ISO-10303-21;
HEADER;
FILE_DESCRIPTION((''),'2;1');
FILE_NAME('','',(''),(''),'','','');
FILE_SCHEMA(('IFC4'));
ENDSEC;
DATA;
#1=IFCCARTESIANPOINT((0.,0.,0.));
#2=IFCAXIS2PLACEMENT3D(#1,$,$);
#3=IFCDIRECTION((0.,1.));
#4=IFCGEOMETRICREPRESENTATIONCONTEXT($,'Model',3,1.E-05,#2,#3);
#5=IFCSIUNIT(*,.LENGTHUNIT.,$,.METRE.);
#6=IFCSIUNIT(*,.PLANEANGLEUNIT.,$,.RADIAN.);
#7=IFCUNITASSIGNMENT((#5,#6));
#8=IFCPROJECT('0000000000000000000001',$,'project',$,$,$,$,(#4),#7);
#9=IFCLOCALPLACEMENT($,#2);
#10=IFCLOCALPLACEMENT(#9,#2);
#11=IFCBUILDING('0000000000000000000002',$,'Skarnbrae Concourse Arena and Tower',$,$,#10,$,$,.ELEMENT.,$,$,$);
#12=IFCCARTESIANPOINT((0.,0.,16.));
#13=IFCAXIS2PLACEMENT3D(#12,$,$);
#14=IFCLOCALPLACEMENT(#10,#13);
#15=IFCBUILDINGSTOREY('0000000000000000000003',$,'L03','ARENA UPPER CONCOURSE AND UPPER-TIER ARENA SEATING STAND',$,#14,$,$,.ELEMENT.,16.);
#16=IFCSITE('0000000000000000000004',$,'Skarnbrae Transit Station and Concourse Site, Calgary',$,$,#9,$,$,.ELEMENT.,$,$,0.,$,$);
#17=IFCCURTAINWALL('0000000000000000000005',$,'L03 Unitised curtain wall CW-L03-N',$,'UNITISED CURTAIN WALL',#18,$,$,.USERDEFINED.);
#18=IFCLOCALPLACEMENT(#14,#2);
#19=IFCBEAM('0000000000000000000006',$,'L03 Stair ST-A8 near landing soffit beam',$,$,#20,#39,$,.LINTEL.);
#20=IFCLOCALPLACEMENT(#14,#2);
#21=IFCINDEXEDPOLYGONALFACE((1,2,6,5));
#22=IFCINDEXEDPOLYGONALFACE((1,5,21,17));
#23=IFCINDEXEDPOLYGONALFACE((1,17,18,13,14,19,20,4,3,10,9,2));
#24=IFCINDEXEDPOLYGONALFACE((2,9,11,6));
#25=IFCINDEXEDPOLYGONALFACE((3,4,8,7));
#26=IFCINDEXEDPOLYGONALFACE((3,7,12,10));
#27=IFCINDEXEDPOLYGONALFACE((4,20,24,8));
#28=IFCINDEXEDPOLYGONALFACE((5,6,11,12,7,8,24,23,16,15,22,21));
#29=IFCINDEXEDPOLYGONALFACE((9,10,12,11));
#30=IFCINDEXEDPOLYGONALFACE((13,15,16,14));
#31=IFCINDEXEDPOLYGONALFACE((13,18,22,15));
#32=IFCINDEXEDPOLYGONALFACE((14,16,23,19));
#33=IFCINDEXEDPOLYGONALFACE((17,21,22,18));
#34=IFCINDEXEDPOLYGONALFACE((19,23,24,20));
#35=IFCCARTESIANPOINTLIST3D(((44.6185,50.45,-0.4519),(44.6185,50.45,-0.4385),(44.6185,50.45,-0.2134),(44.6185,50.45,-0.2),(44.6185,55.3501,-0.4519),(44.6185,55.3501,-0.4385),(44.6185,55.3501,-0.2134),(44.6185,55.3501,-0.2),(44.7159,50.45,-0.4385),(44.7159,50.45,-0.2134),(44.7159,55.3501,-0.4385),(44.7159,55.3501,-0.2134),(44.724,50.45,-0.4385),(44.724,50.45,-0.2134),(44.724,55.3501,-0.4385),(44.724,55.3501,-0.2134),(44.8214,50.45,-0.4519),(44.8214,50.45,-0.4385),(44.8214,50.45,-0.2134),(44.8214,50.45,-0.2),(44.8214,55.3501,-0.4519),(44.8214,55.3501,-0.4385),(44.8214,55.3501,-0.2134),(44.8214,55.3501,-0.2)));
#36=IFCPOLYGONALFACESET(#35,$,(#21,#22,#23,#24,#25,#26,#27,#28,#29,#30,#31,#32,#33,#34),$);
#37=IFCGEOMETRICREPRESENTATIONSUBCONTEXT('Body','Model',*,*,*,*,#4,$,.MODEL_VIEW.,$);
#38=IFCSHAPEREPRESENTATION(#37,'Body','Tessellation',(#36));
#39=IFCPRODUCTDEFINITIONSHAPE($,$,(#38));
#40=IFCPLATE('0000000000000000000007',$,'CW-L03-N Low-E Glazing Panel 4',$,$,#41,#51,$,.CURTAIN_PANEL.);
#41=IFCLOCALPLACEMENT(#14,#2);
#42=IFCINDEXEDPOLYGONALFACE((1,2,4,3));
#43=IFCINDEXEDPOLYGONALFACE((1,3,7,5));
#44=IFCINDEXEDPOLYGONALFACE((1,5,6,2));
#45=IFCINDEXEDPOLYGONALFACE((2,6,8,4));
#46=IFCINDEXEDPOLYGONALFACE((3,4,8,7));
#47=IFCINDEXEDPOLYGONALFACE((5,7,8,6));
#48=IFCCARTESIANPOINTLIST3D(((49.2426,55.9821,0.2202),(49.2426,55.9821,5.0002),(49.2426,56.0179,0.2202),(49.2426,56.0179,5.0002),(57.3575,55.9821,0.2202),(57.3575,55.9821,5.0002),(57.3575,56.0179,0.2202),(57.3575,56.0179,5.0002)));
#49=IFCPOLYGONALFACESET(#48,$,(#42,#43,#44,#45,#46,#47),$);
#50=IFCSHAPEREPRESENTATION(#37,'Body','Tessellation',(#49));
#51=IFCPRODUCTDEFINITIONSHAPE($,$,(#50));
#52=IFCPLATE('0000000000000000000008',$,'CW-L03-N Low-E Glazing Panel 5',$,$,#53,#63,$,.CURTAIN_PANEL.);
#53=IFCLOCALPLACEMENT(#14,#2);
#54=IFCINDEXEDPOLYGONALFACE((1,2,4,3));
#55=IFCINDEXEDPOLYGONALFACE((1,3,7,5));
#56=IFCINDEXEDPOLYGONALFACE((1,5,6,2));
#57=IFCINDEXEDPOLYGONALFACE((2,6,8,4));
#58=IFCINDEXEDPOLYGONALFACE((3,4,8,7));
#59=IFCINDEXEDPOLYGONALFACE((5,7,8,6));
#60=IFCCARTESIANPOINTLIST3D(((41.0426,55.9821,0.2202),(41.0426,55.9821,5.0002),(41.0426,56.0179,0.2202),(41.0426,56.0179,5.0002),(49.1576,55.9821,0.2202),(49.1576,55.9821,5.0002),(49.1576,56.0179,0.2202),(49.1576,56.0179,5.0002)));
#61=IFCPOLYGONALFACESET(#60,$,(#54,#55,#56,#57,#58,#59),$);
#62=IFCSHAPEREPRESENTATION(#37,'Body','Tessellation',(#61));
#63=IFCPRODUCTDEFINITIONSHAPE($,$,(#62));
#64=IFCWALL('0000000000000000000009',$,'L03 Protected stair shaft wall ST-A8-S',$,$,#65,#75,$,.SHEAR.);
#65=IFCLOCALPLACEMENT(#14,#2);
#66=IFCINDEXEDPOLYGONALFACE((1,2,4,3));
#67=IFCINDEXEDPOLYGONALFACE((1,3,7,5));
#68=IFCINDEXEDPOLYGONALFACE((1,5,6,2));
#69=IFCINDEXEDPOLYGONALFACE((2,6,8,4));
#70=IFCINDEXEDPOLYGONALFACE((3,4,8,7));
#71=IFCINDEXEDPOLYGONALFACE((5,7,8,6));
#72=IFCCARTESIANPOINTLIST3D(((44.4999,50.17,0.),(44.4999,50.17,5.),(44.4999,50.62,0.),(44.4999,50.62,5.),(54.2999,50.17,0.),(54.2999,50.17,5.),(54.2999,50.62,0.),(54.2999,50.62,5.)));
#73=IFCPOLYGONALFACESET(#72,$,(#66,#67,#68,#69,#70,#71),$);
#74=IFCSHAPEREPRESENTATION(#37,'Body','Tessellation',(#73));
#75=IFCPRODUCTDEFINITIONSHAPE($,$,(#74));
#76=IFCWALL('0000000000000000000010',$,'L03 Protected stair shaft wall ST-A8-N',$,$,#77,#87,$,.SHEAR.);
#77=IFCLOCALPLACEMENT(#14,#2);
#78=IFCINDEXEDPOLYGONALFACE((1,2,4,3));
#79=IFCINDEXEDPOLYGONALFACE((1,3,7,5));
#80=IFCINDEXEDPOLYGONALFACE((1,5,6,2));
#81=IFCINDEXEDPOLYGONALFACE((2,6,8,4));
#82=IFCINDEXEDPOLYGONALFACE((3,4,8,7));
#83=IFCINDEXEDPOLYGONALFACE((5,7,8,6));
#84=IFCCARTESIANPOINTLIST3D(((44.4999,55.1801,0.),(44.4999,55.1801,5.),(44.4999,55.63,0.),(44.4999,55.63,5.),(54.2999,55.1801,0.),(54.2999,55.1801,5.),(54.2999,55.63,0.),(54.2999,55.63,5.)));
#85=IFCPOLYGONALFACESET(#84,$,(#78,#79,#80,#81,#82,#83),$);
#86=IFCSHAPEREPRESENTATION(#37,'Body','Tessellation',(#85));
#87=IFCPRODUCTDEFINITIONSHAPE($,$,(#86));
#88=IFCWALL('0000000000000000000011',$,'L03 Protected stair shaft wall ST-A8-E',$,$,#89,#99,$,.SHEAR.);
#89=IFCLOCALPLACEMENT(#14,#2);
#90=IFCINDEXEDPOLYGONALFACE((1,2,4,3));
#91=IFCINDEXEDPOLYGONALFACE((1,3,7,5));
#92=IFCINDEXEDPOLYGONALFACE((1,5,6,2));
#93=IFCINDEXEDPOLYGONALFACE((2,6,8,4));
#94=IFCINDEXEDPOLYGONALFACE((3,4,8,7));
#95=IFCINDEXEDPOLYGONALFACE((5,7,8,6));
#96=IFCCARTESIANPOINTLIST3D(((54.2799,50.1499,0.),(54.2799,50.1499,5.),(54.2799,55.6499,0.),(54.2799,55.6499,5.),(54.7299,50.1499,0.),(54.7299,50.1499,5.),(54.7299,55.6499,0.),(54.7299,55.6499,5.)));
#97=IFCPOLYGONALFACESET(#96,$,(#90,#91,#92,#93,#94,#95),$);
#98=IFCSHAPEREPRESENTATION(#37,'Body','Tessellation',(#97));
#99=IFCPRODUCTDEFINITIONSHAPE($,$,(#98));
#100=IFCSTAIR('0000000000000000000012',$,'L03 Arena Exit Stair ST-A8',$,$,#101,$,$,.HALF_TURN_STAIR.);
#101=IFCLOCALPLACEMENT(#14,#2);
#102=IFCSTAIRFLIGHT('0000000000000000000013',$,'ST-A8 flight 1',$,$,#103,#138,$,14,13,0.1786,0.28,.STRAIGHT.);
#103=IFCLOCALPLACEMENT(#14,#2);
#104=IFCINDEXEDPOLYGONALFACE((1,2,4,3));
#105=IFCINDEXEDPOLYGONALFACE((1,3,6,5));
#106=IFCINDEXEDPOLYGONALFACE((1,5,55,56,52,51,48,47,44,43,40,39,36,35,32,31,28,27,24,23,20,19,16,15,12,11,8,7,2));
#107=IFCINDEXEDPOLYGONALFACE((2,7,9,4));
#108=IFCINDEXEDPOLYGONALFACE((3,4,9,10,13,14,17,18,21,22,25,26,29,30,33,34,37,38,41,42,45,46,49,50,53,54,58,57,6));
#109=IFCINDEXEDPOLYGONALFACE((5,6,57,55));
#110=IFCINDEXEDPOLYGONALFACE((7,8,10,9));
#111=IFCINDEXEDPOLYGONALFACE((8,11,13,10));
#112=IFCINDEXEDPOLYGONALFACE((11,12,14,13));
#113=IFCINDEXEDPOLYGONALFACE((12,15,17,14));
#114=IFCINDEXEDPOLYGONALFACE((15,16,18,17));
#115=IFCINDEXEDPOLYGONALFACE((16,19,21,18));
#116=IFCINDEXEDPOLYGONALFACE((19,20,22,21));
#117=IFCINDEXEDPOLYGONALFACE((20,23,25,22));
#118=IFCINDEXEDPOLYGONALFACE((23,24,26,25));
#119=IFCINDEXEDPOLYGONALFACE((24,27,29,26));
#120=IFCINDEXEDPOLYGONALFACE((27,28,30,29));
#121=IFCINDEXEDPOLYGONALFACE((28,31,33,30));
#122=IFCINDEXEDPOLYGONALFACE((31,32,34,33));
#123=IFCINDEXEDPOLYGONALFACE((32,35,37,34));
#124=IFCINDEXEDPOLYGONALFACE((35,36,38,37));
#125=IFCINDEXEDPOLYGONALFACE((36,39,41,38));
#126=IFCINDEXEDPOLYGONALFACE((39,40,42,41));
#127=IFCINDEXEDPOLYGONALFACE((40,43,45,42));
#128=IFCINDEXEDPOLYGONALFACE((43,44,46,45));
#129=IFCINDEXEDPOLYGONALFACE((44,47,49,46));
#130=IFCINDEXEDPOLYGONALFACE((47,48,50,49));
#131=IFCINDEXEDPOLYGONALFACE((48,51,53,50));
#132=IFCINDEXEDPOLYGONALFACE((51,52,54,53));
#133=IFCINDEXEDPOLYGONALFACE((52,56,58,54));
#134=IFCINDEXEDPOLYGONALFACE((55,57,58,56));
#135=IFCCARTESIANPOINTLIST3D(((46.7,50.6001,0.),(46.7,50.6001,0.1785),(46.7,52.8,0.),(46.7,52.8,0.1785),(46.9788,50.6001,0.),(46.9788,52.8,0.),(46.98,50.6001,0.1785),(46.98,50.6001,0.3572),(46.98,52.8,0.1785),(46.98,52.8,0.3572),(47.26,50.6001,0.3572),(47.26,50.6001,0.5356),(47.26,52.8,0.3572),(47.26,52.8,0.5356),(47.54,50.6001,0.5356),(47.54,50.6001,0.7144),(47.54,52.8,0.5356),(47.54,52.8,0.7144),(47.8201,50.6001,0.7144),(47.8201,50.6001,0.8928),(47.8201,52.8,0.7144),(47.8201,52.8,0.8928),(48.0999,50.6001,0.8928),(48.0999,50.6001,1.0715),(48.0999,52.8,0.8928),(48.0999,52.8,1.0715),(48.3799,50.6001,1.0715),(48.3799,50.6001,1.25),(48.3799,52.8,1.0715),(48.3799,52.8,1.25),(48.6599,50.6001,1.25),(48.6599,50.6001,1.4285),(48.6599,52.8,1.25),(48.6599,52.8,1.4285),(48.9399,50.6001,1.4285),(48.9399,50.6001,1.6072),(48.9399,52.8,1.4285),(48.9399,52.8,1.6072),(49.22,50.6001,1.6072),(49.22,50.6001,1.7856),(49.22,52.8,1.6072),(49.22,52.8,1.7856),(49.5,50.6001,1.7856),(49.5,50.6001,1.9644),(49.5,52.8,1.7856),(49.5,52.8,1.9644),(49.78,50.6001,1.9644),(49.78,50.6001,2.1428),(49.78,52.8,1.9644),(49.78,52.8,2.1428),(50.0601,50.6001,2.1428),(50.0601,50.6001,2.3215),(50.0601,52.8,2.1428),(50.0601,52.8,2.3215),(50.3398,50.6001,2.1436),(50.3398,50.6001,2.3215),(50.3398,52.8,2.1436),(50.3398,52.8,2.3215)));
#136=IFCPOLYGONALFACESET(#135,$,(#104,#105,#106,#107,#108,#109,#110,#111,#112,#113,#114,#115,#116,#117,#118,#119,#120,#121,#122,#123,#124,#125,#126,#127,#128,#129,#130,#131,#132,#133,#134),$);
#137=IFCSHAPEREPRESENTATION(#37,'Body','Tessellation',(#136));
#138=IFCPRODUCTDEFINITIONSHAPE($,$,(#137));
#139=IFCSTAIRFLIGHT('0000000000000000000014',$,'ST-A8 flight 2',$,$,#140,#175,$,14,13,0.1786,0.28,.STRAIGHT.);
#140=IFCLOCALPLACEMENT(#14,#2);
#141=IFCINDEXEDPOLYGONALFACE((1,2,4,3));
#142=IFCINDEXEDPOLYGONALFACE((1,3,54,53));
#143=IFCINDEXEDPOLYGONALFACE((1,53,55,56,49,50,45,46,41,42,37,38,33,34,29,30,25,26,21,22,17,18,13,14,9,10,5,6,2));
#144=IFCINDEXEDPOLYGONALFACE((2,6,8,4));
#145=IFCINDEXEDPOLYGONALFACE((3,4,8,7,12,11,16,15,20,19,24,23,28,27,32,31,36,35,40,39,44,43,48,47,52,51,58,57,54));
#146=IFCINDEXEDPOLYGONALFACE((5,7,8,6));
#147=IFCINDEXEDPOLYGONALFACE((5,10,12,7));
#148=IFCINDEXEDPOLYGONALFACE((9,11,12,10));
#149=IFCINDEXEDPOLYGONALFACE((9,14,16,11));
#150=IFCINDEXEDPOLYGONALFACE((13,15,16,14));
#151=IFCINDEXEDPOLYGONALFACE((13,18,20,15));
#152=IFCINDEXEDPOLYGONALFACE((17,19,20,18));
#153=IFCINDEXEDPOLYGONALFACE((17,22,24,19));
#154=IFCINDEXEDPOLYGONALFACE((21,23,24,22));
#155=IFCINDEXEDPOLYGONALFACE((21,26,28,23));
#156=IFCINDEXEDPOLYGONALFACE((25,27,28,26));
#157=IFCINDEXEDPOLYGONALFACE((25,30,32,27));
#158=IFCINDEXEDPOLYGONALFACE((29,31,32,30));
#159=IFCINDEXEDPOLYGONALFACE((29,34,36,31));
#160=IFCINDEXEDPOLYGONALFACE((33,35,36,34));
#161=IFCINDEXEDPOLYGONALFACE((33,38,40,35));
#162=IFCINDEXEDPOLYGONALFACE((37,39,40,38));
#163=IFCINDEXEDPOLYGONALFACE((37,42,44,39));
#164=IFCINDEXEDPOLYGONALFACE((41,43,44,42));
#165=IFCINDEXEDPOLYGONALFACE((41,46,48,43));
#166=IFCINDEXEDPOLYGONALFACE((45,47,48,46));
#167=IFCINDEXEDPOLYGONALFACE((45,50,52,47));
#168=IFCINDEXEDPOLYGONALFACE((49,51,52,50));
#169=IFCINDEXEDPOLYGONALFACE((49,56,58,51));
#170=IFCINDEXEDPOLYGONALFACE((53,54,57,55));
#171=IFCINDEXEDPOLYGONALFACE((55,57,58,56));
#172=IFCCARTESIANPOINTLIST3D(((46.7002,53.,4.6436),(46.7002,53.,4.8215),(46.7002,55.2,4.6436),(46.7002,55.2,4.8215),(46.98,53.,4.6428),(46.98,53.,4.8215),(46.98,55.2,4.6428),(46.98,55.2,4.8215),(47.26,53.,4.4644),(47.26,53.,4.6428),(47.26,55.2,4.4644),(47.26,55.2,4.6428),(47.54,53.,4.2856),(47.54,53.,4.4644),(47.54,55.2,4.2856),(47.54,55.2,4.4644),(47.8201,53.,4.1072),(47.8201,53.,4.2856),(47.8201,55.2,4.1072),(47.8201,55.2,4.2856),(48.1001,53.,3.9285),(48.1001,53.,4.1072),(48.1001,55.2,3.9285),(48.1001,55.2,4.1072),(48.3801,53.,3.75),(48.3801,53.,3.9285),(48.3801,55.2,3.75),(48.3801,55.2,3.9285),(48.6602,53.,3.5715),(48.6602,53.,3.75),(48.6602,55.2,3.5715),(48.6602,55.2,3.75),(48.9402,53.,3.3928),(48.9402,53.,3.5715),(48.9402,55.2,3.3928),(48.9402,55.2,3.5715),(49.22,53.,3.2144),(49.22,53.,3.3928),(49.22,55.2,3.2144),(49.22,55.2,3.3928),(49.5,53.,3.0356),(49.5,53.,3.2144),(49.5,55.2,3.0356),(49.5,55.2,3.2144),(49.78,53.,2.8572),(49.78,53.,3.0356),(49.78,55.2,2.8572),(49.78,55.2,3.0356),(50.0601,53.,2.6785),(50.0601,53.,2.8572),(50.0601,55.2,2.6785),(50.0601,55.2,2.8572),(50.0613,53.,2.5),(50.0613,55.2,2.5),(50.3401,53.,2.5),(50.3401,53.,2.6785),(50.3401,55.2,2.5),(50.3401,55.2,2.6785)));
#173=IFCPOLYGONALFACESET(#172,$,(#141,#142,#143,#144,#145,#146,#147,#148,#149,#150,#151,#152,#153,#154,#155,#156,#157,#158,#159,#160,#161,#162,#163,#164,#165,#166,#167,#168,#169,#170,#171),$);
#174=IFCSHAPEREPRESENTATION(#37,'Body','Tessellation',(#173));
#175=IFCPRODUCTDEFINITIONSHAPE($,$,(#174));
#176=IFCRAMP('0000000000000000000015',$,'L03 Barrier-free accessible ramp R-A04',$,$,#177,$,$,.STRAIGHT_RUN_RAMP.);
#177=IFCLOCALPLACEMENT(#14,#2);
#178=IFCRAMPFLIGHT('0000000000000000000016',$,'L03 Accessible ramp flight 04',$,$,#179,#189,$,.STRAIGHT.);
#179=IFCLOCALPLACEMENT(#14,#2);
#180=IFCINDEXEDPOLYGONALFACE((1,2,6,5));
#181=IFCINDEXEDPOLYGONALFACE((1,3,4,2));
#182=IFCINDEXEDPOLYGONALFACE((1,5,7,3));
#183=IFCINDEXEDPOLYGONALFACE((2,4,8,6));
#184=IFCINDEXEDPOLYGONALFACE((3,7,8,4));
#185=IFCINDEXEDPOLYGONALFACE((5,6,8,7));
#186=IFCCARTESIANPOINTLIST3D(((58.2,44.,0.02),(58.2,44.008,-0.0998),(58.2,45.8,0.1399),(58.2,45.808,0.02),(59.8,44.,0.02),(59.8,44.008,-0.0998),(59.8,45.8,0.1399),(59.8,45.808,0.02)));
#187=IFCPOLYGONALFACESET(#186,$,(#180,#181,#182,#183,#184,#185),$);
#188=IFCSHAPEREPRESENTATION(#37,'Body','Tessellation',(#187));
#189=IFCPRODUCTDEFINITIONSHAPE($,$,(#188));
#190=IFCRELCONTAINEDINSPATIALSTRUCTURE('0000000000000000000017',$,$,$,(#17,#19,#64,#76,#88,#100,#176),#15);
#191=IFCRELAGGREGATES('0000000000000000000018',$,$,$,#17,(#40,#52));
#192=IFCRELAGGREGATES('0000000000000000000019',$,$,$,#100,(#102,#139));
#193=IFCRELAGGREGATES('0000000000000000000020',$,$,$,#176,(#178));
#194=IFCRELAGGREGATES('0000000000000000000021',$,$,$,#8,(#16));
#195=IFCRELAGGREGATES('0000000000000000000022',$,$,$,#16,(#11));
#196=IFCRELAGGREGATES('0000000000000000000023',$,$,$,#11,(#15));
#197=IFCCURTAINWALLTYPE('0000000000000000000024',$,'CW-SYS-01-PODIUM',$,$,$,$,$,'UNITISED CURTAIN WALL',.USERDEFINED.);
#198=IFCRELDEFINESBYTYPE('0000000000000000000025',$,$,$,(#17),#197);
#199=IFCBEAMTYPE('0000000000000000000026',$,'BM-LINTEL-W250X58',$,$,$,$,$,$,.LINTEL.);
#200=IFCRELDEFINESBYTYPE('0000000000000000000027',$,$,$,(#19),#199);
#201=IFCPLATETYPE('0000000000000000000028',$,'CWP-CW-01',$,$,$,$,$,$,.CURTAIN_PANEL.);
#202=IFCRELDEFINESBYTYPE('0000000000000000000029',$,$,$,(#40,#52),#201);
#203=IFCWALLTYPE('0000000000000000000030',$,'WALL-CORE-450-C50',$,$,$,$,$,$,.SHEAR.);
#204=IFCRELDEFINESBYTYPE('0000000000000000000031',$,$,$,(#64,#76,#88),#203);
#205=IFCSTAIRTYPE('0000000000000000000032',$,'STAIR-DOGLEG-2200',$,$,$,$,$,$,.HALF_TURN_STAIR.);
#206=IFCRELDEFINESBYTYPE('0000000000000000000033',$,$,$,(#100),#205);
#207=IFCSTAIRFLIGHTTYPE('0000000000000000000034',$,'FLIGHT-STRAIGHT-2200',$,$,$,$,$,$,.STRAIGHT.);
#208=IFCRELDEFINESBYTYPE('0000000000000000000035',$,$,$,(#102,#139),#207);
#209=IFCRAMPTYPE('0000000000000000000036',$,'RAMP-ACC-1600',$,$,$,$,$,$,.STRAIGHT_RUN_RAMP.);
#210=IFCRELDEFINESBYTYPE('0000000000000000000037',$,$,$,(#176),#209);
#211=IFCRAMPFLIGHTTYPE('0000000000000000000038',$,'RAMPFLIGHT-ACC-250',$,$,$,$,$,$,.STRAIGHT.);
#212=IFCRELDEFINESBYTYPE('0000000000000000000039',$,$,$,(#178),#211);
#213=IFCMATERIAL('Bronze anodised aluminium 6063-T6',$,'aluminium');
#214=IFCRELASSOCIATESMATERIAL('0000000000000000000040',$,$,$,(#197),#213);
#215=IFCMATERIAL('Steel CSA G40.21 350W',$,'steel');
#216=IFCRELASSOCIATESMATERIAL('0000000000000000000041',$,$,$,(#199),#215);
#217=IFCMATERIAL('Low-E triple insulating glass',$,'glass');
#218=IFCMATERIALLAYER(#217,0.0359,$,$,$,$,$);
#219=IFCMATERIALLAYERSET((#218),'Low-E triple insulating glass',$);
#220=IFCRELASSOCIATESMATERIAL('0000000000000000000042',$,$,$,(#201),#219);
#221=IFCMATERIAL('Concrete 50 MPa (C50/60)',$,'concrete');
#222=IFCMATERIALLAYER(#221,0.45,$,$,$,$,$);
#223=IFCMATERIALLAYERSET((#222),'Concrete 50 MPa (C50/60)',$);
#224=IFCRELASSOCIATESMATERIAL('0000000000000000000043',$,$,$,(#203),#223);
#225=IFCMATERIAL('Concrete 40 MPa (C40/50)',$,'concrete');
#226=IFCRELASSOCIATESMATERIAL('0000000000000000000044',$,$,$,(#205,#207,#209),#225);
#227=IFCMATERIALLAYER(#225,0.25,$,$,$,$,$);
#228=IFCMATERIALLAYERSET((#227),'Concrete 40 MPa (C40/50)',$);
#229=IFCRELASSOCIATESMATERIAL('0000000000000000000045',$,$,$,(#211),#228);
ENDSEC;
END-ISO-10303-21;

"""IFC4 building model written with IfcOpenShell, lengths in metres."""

from ifc_helpers import new_model, si_unit, direction, frame, frame_2d, origin, origin_2d, place, context, subcontext, project, spatial, polyline, rectangle, i_section, outline, extrude, source, transform, mapped, material, layer, layer_set, material_profile, profile_set, type_object, element, aggregate, save


model = new_model("IFC4")

# Units and contexts
model_context = context("Model", 3, precision=1e-05, world=origin(), true_north=direction((0.0, 1.0)))
body_context = subcontext(model_context, "Body", "Model", "MODEL_VIEW")
ifc_project = project(units=[si_unit("LENGTHUNIT", "METRE"), si_unit("PLANEANGLEUNIT", "RADIAN")], contexts=[model_context])

# Site, building, storey
site_placement = place(None, origin())
site = spatial("IfcSite", under=ifc_project, at=site_placement, Name="Skarnbrae Transit Station and Concourse Site, Calgary", CompositionType="ELEMENT", RefElevation=0.0)
building_placement = place(site_placement, origin())
building = spatial("IfcBuilding", under=site, at=building_placement, Name="Skarnbrae Concourse Arena and Tower", CompositionType="ELEMENT")
storey_placement = place(building_placement, frame((0.0, 0.0, 16.0)))
storey = spatial("IfcBuildingStorey", under=building, at=storey_placement, Name="L03", Description="ARENA UPPER CONCOURSE AND UPPER-TIER ARENA SEATING STAND", CompositionType="ELEMENT", Elevation=16.0)

# Shared definitions
ifc_material_1 = material(Name="Steel CSA G40.21 350W", Category="steel")

# Curtain wall
ifc_material_2 = material(Name="Bronze anodised aluminium 6063-T6", Category="aluminium")
curtain_wall_type = type_object("IfcCurtainWallType", Name="CW-SYS-01-PODIUM", ElementType="UNITISED CURTAIN WALL", PredefinedType="USERDEFINED", material=ifc_material_2)
curtain_wall_placement = place(storey_placement, origin())
curtain_wall = element("IfcCurtainWall", 1, at=curtain_wall_placement, inside=storey, type_object=curtain_wall_type, Name="L03 Unitised curtain wall CW-L03-N", ObjectType="UNITISED CURTAIN WALL", PredefinedType="USERDEFINED")

# Beam
ifc_material_profile_1 = material_profile(ifc_material_1, i_section(OverallWidth=0.2029, OverallDepth=0.252, WebThickness=0.0081, FlangeThickness=0.0134, at=origin_2d()), Name="W250X58")
ifc_profile_set_1 = profile_set([ifc_material_profile_1], Name="Steel CSA G40.21 350W")
beam_type_1 = type_object("IfcBeamType", Name="BM-LINTEL-W250X58", PredefinedType="LINTEL", material=ifc_profile_set_1)
shared_shape_1 = source(origin(), body_context, "Body", "SweptSolid", [
    extrude(i_section(OverallWidth=0.2029, OverallDepth=0.252, WebThickness=0.0081, FlangeThickness=0.0134, at=origin_2d()), origin(), (0.0, 0.0, 1.0), 4.9001),
])
beam_1_placement = place(storey_placement, frame((44.72, 50.45, -0.3259), z_axis=(0.0, 1.0, 0.0), x_axis=(-1.0, 0.0, 0.0)))
element("IfcBeam", 2, at=beam_1_placement, inside=storey, type_object=beam_type_1, Name="L03 Stair ST-A8 near landing soffit beam", PredefinedType="LINTEL", context=body_context, shape_type="MappedRepresentation", body=[
    mapped(shared_shape_1, transform((0.0, 0.0, 0.0))),
])

# Plates
ifc_material_3 = material(Name="Low-E triple insulating glass", Category="glass")
ifc_layer_1 = layer(ifc_material_3, 0.0359)
ifc_layer_set_1 = layer_set([ifc_layer_1], Name="Low-E triple insulating glass")
plate_type = type_object("IfcPlateType", Name="CWP-CW-01", PredefinedType="CURTAIN_PANEL", material=ifc_layer_set_1)
shared_shape_2 = source(origin(), body_context, "Body", "SweptSolid", [
    extrude(rectangle(XDim=8.115, YDim=0.0359, at=origin_2d()), origin(), (0.0, 0.0, 1.0), 4.78),
])
plate_1_placement = place(storey_placement, frame((53.3, 56.0, 0.2202), z_axis=(0.0, 0.0, 1.0), x_axis=(-1.0, 0.0, 0.0)))
plate_1 = element("IfcPlate", 3, at=plate_1_placement, type_object=plate_type, Name="CW-L03-N Low-E Glazing Panel 4", PredefinedType="CURTAIN_PANEL", context=body_context, shape_type="MappedRepresentation", body=[
    mapped(shared_shape_2, transform((0.0, 0.0, 0.0))),
])
plate_2_placement = place(storey_placement, frame((45.1001, 56.0, 0.2202), z_axis=(0.0, 0.0, 1.0), x_axis=(-1.0, 0.0, 0.0)))
plate_2 = element("IfcPlate", 4, at=plate_2_placement, type_object=plate_type, Name="CW-L03-N Low-E Glazing Panel 5", PredefinedType="CURTAIN_PANEL", context=body_context, shape_type="MappedRepresentation", body=[
    mapped(shared_shape_2, transform((0.0, 0.0, 0.0))),
])
aggregate(curtain_wall, [plate_1, plate_2])

# Walls
ifc_material_4 = material(Name="Concrete 50 MPa (C50/60)", Category="concrete")
ifc_layer_2 = layer(ifc_material_4, 0.45)
ifc_layer_set_2 = layer_set([ifc_layer_2], Name="Concrete 50 MPa (C50/60)")
wall_type = type_object("IfcWallType", Name="WALL-CORE-450-C50", PredefinedType="SHEAR", material=ifc_layer_set_2)
shared_shape_3 = source(origin(), body_context, "Body", "SweptSolid", [
    extrude(rectangle(XDim=9.8, YDim=0.45, at=frame_2d((4.8999, 0.0))), origin(), (0.0, 0.0, 1.0), 5.0),
])
for number, where, z_axis, x_axis, name in (
    (5, (44.5, 50.395, 0.0), (0.0, 0.0, 1.0), (1.0, 0.0, 0.0), "L03 Protected stair shaft wall ST-A8-S"),
    (6, (44.5, 55.405, 0.0), (0.0, 0.0, 1.0), (1.0, 0.0, 0.0), "L03 Protected stair shaft wall ST-A8-N"),
):
    element("IfcWall", number, at=place(storey_placement, frame(where, z_axis=z_axis, x_axis=x_axis)), inside=storey, type_object=wall_type, Name=name, PredefinedType="SHEAR", context=body_context, shape_type="MappedRepresentation", body=[
        mapped(shared_shape_3, transform((0.0, 0.0, 0.0))),
    ])

# Shared definitions
shared_shape_4 = source(origin(), body_context, "Body", "SweptSolid", [
    extrude(rectangle(XDim=5.5, YDim=0.45, at=frame_2d((2.75, 0.0))), origin(), (0.0, 0.0, 1.0), 5.0),
])

# Wall
wall_1_placement = place(storey_placement, frame((54.5049, 50.1499, 0.0), z_axis=(0.0, 0.0, 1.0), x_axis=(0.0, 1.0, 0.0)))
element("IfcWall", 7, at=wall_1_placement, inside=storey, type_object=wall_type, Name="L03 Protected stair shaft wall ST-A8-E", PredefinedType="SHEAR", context=body_context, shape_type="MappedRepresentation", body=[
    mapped(shared_shape_4, transform((0.0, 0.0, 0.0))),
])

# Stair, stair flights
ifc_material_5 = material(Name="Concrete 40 MPa (C40/50)", Category="concrete")
stair_type = type_object("IfcStairType", Name="STAIR-DOGLEG-2200", PredefinedType="HALF_TURN_STAIR", material=ifc_material_5)
stair_placement = place(storey_placement, origin())
stair = element("IfcStair", 8, at=stair_placement, inside=storey, type_object=stair_type, Name="L03 Arena Exit Stair ST-A8", PredefinedType="HALF_TURN_STAIR")
stair_flight_type = type_object("IfcStairFlightType", Name="FLIGHT-STRAIGHT-2200", PredefinedType="STRAIGHT", material=ifc_material_5)
shared_shape_5 = source(origin(), body_context, "Body", "SweptSolid", [
    extrude(outline(polyline([(0.0, 0.0), (0.0, 0.1785), (0.28, 0.1785), (0.28, 0.3572), (0.5601, 0.3572), (0.5601, 0.5356), (0.8401, 0.5356), (0.8401, 0.7144), (1.1201, 0.7144), (1.1201, 0.8928), (1.3999, 0.8928), (1.3999, 1.0715), (1.6799, 1.0715), (1.6799, 1.25), (1.96, 1.25), (1.96, 1.4285), (2.24, 1.4285), (2.24, 1.6072), (2.52, 1.6072), (2.52, 1.7856), (2.8, 1.7856), (2.8, 1.9644), (3.0801, 1.9644), (3.0801, 2.1428), (3.3601, 2.1428), (3.3601, 2.3215), (3.6399, 2.3215), (3.6399, 2.5), (3.6399, 2.1436), (0.2788, 0.0), (0.0, 0.0)])), frame((0.0, 1.1001, 0.0), z_axis=(0.0, -1.0, 0.0), x_axis=(1.0, 0.0, 0.0)), (0.0, 0.0, 1.0), 2.2),
])
stair_flight_1_placement = place(storey_placement, frame((46.7, 51.7, 0.0), z_axis=(0.0, 0.0, 1.0), x_axis=(1.0, 0.0, 0.0)))
stair_flight_1 = element("IfcStairFlight", 9, at=stair_flight_1_placement, type_object=stair_flight_type, Name="ST-A8 flight 1", NumberOfRisers=14, NumberOfTreads=13, PredefinedType="STRAIGHT", RiserHeight=0.1786, TreadLength=0.28, context=body_context, shape_type="MappedRepresentation", body=[
    mapped(shared_shape_5, transform((0.0, 0.0, 0.0))),
])
stair_flight_2_placement = place(storey_placement, frame((50.3401, 54.1001, 2.5), z_axis=(0.0, 0.0, 1.0), x_axis=(-1.0, 0.0, 0.0)))
stair_flight_2 = element("IfcStairFlight", 10, at=stair_flight_2_placement, type_object=stair_flight_type, Name="ST-A8 flight 2", NumberOfRisers=14, NumberOfTreads=13, PredefinedType="STRAIGHT", RiserHeight=0.1786, TreadLength=0.28, context=body_context, shape_type="MappedRepresentation", body=[
    mapped(shared_shape_5, transform((0.0, 0.0, 0.0))),
])
aggregate(stair, [stair_flight_1, stair_flight_2])

# Ramp, ramp flight
ramp_type = type_object("IfcRampType", Name="RAMP-ACC-1600", PredefinedType="STRAIGHT_RUN_RAMP", material=ifc_material_5)
ramp_placement = place(storey_placement, origin())
ramp = element("IfcRamp", 11, at=ramp_placement, inside=storey, type_object=ramp_type, Name="L03 Barrier-free accessible ramp R-A04", PredefinedType="STRAIGHT_RUN_RAMP")
ifc_layer_3 = layer(ifc_material_5, 0.25)
ifc_layer_set_3 = layer_set([ifc_layer_3], Name="Concrete 40 MPa (C40/50)")
ramp_flight_type = type_object("IfcRampFlightType", Name="RAMPFLIGHT-ACC-250", PredefinedType="STRAIGHT", material=ifc_layer_set_3)
ramp_flight_placement = place(storey_placement, frame((58.2, 44.0, 0.02), z_axis=(0.0, -0.066447, 0.99779), x_axis=(1.0, 0.0, 0.0)))
ramp_flight = element("IfcRampFlight", 12, at=ramp_flight_placement, type_object=ramp_flight_type, Name="L03 Accessible ramp flight 04", PredefinedType="STRAIGHT", context=body_context, shape_type="SweptSolid", body=[
    extrude(outline(polyline([(0.0, 0.0), (1.6001, 0.0), (1.6001, 1.804), (0.0, 1.804), (0.0, 0.0)])), origin(), (0.0, 0.0, -1.0), 0.1201),
])
aggregate(ramp, [ramp_flight])

save(model, "model.ifc")
